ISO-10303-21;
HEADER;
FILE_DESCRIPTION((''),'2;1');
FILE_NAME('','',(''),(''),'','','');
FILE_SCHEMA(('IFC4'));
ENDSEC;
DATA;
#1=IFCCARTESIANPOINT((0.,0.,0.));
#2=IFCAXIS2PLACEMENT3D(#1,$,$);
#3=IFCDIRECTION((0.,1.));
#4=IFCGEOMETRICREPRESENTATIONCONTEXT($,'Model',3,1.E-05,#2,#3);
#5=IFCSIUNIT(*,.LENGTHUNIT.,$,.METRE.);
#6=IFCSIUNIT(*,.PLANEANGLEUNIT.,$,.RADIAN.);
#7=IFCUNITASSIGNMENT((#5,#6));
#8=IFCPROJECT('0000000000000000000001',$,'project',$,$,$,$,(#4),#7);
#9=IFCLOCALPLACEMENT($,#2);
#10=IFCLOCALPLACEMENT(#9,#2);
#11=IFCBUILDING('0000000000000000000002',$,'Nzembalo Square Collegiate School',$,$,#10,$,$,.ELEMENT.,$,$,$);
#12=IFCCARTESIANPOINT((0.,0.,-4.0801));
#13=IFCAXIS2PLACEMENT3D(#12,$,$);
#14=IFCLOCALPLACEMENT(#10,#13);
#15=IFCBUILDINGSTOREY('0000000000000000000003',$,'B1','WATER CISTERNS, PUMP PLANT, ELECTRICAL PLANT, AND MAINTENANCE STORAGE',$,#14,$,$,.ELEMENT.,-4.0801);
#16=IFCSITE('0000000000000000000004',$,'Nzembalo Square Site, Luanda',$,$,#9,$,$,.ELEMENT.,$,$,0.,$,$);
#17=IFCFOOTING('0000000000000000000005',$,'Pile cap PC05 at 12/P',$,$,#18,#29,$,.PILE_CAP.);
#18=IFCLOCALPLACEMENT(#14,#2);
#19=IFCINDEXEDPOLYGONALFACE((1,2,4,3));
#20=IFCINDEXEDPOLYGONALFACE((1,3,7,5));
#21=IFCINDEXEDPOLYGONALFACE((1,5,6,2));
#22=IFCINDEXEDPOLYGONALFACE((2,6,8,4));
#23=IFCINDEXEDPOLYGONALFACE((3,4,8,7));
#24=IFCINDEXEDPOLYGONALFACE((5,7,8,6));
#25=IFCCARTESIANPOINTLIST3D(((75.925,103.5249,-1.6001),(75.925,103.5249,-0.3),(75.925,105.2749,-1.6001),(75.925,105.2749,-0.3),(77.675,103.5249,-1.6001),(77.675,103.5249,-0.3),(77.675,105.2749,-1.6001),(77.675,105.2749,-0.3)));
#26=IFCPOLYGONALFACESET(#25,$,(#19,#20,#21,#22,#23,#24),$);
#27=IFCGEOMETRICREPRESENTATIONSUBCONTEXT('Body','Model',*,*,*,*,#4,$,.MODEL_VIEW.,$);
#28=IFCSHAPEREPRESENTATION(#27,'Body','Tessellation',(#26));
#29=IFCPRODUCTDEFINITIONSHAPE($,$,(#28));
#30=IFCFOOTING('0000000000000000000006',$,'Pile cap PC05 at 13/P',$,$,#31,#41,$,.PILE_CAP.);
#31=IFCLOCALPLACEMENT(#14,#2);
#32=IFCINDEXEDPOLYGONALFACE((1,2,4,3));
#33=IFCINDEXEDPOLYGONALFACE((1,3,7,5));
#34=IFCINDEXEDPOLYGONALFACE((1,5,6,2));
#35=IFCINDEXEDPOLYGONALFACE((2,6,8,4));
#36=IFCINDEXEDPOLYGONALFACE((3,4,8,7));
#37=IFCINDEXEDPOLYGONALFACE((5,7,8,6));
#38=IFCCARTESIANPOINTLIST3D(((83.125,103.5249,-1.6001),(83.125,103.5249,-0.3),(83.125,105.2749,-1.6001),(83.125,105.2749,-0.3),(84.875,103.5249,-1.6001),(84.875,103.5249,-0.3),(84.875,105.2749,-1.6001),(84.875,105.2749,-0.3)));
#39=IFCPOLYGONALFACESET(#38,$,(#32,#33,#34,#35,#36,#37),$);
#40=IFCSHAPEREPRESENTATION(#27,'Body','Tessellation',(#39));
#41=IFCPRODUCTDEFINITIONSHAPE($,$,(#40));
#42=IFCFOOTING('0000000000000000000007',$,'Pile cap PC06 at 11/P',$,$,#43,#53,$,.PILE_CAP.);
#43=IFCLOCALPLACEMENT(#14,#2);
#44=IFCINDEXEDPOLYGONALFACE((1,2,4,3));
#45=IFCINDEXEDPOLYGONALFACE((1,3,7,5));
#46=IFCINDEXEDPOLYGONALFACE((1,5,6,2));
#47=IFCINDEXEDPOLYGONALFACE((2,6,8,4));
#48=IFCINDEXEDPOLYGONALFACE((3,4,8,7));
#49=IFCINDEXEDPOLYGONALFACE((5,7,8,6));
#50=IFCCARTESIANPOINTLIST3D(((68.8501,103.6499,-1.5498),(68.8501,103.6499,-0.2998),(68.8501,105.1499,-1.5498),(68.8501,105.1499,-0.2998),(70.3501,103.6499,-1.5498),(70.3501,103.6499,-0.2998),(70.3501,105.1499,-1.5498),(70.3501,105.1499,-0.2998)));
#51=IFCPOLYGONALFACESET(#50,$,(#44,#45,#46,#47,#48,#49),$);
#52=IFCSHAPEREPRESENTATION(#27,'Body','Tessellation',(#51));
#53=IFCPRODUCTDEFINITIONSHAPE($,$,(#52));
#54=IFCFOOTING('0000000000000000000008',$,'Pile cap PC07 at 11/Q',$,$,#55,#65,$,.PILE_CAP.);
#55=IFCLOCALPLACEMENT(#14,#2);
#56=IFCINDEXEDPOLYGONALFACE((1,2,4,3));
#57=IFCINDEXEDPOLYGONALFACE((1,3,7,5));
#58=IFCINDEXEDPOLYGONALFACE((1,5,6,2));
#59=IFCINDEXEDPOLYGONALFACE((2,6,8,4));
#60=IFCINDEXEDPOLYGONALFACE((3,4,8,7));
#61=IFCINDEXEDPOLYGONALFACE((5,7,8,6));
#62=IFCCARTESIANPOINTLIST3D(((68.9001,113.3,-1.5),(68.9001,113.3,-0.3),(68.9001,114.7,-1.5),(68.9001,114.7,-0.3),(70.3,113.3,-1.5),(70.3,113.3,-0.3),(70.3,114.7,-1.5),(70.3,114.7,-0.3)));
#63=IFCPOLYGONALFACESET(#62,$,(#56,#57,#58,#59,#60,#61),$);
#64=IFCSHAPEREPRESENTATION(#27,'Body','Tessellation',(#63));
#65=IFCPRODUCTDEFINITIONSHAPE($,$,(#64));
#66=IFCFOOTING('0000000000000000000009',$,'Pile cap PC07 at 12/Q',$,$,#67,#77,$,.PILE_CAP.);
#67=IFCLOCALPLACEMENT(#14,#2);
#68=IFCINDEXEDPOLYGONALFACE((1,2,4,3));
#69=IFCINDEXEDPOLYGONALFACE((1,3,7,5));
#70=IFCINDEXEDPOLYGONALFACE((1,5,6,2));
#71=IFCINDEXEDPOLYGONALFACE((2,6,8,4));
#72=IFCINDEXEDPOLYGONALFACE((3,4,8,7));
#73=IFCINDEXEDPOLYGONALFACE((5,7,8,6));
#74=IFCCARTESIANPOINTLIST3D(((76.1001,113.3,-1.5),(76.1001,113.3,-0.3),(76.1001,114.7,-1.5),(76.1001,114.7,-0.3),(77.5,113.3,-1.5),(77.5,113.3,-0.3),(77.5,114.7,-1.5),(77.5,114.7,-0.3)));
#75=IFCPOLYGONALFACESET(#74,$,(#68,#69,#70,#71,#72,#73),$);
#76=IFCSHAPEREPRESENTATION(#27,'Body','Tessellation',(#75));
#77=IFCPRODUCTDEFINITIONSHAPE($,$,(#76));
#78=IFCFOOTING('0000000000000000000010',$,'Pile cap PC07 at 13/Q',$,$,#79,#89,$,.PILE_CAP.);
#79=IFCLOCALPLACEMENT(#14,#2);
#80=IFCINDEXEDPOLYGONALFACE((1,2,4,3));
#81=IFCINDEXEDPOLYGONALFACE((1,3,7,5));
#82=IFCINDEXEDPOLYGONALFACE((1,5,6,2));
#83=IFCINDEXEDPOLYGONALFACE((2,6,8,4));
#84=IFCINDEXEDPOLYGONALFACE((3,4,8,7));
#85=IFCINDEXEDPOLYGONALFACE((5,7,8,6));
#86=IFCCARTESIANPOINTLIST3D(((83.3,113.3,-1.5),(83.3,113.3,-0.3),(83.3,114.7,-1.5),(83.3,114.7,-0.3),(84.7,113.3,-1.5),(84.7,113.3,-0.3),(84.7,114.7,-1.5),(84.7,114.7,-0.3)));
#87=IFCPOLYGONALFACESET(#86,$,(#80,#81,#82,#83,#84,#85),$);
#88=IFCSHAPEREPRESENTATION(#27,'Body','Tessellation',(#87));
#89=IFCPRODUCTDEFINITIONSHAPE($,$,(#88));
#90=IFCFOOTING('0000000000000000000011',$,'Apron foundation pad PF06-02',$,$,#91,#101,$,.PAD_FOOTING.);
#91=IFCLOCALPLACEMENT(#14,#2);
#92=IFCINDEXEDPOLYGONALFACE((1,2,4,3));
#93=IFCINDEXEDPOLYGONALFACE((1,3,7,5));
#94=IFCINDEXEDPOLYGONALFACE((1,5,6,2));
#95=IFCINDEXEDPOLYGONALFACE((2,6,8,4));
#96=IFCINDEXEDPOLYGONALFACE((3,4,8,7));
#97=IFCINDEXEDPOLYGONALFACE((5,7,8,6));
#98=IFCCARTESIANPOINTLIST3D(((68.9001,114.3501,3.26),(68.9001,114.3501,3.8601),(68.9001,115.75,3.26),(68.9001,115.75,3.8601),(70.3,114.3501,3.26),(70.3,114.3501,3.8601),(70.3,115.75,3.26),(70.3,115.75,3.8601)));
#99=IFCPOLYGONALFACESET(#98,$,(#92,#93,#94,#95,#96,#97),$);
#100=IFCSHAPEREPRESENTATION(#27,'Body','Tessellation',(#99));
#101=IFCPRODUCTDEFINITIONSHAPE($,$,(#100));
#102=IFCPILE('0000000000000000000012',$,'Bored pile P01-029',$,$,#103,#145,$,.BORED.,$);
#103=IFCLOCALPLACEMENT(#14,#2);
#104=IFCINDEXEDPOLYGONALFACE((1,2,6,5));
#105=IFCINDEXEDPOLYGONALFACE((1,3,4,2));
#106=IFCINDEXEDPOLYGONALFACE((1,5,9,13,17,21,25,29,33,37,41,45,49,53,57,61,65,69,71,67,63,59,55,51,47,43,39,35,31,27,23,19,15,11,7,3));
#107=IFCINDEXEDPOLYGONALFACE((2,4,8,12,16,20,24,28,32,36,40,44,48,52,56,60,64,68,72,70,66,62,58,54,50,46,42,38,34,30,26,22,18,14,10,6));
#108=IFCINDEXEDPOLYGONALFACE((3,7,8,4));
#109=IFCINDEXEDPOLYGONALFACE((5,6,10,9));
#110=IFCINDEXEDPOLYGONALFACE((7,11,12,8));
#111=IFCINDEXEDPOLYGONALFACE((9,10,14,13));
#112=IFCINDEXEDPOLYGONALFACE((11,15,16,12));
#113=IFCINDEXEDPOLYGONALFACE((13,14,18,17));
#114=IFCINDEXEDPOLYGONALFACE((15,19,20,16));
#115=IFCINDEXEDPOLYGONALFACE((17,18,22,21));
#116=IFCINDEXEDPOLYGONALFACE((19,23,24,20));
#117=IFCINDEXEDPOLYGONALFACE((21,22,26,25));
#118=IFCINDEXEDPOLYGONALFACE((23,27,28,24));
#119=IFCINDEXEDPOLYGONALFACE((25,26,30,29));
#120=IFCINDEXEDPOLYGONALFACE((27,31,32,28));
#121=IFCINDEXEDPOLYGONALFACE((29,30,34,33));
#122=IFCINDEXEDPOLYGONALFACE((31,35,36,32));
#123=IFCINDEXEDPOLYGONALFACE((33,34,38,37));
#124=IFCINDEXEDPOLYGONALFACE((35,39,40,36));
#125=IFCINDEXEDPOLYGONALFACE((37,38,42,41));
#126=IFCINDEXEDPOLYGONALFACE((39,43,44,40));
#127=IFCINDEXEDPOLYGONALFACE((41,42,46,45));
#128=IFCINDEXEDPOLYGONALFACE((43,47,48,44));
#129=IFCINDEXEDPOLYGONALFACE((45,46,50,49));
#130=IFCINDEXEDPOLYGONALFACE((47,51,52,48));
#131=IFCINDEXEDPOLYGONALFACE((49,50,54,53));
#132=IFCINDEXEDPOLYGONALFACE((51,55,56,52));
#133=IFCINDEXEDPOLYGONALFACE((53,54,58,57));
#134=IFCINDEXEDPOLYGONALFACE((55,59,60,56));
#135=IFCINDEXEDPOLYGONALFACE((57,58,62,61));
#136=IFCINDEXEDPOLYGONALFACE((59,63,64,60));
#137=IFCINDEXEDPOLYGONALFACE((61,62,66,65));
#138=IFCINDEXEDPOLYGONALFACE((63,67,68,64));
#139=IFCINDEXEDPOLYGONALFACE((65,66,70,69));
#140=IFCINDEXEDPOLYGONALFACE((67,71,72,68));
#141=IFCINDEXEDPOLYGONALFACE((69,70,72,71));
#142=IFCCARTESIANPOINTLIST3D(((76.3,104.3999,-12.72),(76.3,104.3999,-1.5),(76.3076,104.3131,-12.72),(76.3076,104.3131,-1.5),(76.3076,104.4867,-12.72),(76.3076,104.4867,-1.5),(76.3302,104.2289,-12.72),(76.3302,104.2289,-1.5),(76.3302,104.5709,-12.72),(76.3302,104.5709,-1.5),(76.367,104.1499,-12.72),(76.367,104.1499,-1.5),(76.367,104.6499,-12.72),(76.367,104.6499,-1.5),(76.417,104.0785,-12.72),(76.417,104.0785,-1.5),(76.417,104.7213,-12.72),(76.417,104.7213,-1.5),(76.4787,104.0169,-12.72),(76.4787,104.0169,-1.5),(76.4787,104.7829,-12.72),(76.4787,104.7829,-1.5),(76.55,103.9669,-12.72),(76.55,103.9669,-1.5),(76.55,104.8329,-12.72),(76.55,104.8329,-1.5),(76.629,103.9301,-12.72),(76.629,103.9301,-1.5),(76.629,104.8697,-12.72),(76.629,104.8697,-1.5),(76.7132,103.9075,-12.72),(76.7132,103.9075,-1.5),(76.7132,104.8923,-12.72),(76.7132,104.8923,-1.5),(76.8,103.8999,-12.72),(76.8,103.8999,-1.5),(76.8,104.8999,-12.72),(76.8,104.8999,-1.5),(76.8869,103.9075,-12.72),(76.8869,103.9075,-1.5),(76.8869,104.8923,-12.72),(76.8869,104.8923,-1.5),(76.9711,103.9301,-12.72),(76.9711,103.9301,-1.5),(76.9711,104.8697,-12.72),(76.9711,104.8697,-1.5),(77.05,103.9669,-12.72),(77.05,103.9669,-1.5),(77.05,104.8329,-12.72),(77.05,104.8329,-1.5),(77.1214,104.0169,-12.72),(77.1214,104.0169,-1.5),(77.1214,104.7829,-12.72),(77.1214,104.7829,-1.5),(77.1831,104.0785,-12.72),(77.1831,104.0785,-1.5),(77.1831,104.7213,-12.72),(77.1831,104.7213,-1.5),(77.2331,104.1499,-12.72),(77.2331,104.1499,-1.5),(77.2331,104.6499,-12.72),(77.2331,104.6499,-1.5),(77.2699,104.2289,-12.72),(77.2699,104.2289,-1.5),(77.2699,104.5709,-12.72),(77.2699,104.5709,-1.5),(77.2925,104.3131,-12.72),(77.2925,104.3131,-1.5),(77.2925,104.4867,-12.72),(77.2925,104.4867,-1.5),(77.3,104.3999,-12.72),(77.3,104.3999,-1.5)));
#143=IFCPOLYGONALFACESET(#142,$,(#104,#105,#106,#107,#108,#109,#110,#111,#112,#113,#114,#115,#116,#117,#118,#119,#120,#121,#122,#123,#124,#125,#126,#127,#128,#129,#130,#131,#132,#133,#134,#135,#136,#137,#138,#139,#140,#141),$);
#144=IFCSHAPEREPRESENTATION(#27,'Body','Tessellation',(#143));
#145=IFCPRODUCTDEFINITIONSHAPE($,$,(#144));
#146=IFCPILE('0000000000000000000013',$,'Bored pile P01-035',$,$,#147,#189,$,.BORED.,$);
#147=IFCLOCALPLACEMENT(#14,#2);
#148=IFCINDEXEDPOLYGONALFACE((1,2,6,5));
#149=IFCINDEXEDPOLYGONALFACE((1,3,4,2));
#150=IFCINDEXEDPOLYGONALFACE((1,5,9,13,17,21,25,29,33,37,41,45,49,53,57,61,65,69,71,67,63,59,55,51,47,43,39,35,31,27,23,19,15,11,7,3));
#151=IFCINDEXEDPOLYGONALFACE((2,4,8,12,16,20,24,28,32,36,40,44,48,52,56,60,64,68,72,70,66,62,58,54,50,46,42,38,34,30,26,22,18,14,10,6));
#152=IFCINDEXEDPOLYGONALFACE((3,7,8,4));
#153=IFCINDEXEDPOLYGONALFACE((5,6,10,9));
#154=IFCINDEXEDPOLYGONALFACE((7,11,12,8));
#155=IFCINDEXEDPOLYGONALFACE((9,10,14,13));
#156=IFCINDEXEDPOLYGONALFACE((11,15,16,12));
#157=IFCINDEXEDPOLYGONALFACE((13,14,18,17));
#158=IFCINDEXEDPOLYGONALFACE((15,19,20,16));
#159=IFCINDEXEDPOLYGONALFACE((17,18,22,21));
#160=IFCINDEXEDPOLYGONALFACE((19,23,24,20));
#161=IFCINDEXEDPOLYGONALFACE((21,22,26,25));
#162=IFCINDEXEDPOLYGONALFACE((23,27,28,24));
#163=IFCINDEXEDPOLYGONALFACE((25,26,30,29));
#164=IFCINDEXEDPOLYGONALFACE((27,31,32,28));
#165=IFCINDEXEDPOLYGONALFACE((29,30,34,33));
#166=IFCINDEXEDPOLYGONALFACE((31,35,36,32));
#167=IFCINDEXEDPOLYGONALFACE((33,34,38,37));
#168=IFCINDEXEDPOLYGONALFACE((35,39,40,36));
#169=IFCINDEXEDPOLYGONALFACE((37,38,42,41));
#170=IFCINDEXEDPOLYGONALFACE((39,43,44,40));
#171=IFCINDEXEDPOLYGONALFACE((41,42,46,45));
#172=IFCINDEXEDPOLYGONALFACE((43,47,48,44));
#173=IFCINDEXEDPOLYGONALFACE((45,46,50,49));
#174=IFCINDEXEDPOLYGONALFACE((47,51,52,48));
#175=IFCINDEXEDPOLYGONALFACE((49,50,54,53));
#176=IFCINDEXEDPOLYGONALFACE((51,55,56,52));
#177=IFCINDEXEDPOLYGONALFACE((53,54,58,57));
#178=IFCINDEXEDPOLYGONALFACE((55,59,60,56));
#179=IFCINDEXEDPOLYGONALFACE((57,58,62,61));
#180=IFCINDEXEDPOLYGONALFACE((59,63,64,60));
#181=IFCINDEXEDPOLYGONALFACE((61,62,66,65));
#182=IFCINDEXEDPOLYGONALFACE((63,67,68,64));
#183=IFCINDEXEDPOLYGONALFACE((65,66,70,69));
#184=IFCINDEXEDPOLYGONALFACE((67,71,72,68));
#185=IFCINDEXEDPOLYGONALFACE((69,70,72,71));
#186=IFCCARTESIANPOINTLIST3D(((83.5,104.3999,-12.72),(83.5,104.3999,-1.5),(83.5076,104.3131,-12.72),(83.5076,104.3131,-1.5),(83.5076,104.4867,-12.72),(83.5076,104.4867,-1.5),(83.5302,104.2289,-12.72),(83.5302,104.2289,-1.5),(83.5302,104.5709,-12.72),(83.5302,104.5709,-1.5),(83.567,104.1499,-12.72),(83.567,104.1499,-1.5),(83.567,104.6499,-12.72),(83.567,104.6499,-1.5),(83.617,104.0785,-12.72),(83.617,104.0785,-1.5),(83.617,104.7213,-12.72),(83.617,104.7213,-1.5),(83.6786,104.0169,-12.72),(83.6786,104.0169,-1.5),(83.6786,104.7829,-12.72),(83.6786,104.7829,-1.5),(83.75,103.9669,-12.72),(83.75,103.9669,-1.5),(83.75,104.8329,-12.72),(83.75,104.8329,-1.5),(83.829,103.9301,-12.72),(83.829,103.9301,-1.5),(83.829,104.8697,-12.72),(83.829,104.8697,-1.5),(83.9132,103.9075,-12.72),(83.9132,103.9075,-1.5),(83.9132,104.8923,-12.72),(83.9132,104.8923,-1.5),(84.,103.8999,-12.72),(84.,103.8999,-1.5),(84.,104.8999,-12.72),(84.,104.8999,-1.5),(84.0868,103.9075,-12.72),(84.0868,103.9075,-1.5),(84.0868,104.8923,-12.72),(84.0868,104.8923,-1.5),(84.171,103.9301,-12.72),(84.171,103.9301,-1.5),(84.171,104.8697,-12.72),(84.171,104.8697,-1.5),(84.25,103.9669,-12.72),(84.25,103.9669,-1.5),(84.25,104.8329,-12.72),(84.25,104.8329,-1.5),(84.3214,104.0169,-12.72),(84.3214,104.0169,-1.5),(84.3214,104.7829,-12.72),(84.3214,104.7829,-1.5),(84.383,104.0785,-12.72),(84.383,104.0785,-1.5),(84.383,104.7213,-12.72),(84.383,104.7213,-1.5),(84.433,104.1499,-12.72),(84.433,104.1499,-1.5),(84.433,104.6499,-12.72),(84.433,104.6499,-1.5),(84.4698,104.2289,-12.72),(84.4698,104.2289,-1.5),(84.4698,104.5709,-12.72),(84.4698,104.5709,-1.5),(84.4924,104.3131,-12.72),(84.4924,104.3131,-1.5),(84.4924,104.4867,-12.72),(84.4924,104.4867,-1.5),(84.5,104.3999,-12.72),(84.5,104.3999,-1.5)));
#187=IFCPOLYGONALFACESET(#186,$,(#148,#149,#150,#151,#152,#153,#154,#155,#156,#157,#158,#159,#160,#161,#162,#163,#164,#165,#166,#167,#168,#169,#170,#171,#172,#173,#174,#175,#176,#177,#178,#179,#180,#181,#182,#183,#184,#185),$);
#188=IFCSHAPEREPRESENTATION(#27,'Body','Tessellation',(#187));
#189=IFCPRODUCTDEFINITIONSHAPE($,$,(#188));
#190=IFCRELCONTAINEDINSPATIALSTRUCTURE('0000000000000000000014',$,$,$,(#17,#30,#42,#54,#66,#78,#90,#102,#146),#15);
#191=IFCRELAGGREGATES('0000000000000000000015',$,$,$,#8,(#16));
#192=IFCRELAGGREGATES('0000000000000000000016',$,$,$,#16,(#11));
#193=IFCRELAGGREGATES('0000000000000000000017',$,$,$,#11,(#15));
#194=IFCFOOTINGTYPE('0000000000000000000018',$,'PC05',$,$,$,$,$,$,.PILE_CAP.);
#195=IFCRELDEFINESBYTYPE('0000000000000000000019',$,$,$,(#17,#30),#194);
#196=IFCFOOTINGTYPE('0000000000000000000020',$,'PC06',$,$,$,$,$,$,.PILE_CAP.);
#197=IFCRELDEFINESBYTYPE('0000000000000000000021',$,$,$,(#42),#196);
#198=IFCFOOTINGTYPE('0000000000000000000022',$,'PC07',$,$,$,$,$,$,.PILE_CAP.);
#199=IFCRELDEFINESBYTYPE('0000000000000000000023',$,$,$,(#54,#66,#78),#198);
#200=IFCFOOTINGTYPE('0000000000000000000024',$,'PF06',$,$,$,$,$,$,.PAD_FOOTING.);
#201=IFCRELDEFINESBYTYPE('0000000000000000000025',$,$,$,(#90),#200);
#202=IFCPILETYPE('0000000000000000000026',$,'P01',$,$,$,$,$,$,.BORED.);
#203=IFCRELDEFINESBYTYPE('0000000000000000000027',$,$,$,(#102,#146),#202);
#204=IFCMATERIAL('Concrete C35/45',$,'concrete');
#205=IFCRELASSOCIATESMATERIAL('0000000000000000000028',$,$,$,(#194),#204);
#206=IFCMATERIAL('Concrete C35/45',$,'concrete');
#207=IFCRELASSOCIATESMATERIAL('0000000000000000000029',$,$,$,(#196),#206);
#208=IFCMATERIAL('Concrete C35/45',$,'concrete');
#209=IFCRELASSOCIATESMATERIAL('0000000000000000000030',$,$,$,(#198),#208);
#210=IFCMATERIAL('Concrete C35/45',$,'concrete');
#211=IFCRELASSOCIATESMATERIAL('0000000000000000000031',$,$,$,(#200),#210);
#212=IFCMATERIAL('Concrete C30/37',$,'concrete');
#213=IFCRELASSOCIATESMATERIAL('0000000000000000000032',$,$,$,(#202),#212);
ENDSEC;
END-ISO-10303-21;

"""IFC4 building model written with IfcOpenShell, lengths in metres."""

from ifc_helpers import new_model, si_unit, direction, frame, origin, origin_2d, place, context, subcontext, project, spatial, rectangle, circle, extrude, material, material_profile, profile_set, type_object, element, save


model = new_model("IFC4")

# Units and contexts
model_context = context("Model", 3, precision=1e-05, world=origin(), true_north=direction((0.0, 1.0)))
body_context = subcontext(model_context, "Body", "Model", "MODEL_VIEW")
ifc_project = project(units=[si_unit("LENGTHUNIT", "METRE"), si_unit("PLANEANGLEUNIT", "RADIAN")], contexts=[model_context])

# Site, building, storey
site_placement = place(None, origin())
site = spatial("IfcSite", under=ifc_project, at=site_placement, Name="Nzembalo Square Site, Luanda", CompositionType="ELEMENT", RefElevation=0.0)
building_placement = place(site_placement, origin())
building = spatial("IfcBuilding", under=site, at=building_placement, Name="Nzembalo Square Collegiate School", CompositionType="ELEMENT")
storey_placement = place(building_placement, frame((0.0, 0.0, -4.0801)))
storey = spatial("IfcBuildingStorey", under=building, at=storey_placement, Name="B1", Description="WATER CISTERNS, PUMP PLANT, ELECTRICAL PLANT, AND MAINTENANCE STORAGE", CompositionType="ELEMENT", Elevation=-4.0801)

# Footings
ifc_material_1 = material(Name="Concrete C35/45", Category="concrete")
footing_type_1 = type_object("IfcFootingType", Name="PC05", PredefinedType="PILE_CAP", material=ifc_material_1)
for number, where, z_axis, x_axis, name in (
    (1, (76.8, 104.3999, -1.6001), (0.0, 0.0, 1.0), (1.0, 0.0, 0.0), "Pile cap PC05 at 12/P"),
    (2, (84.0, 104.3999, -1.6001), (0.0, 0.0, 1.0), (1.0, 0.0, 0.0), "Pile cap PC05 at 13/P"),
):
    element("IfcFooting", number, at=place(storey_placement, frame(where, z_axis=z_axis, x_axis=x_axis)), inside=storey, type_object=footing_type_1, Name=name, PredefinedType="PILE_CAP", context=body_context, shape_type="SweptSolid", body=[
        extrude(rectangle(XDim=1.75, YDim=1.75, at=origin_2d()), origin(), (0.0, 0.0, 1.0), 1.3),
    ])
ifc_material_2 = material(Name="Concrete C35/45", Category="concrete")
footing_type_2 = type_object("IfcFootingType", Name="PC06", PredefinedType="PILE_CAP", material=ifc_material_2)
footing_1_placement = place(storey_placement, frame((69.6001, 104.3999, -1.5498), z_axis=(0.0, 0.0, 1.0), x_axis=(1.0, 0.0, 0.0)))
element("IfcFooting", 3, at=footing_1_placement, inside=storey, type_object=footing_type_2, Name="Pile cap PC06 at 11/P", PredefinedType="PILE_CAP", context=body_context, shape_type="SweptSolid", body=[
    extrude(rectangle(XDim=1.5, YDim=1.5, at=origin_2d()), origin(), (0.0, 0.0, 1.0), 1.25),
])
ifc_material_3 = material(Name="Concrete C35/45", Category="concrete")
footing_type_3 = type_object("IfcFootingType", Name="PC07", PredefinedType="PILE_CAP", material=ifc_material_3)
for number, where, z_axis, x_axis, name in (
    (4, (69.6001, 114.0, -1.5), (0.0, 0.0, 1.0), (1.0, 0.0, 0.0), "Pile cap PC07 at 11/Q"),
    (5, (76.8, 114.0, -1.5), (0.0, 0.0, 1.0), (1.0, 0.0, 0.0), "Pile cap PC07 at 12/Q"),
    (6, (84.0, 114.0, -1.5), (0.0, 0.0, 1.0), (1.0, 0.0, 0.0), "Pile cap PC07 at 13/Q"),
):
    element("IfcFooting", number, at=place(storey_placement, frame(where, z_axis=z_axis, x_axis=x_axis)), inside=storey, type_object=footing_type_3, Name=name, PredefinedType="PILE_CAP", context=body_context, shape_type="SweptSolid", body=[
        extrude(rectangle(XDim=1.3999, YDim=1.3999, at=origin_2d()), origin(), (0.0, 0.0, 1.0), 1.2),
    ])
ifc_material_4 = material(Name="Concrete C35/45", Category="concrete")
footing_type_4 = type_object("IfcFootingType", Name="PF06", PredefinedType="PAD_FOOTING", material=ifc_material_4)
footing_2_placement = place(storey_placement, frame((69.6001, 115.05, 3.26), z_axis=(0.0, 0.0, 1.0), x_axis=(1.0, 0.0, 0.0)))
element("IfcFooting", 7, at=footing_2_placement, inside=storey, type_object=footing_type_4, Name="Apron foundation pad PF06-02", PredefinedType="PAD_FOOTING", context=body_context, shape_type="SweptSolid", body=[
    extrude(rectangle(XDim=1.3999, YDim=1.3999, at=origin_2d()), origin(), (0.0, 0.0, 1.0), 0.6001),
])

# Piles
ifc_material_5 = material(Name="Concrete C30/37", Category="concrete")
ifc_material_profile_1 = material_profile(ifc_material_5, circle(Radius=0.5, at=origin_2d()), Name="PILE D1000")
ifc_profile_set_1 = profile_set([ifc_material_profile_1], Name="Concrete C30/37")
pile_type_1 = type_object("IfcPileType", Name="P01", PredefinedType="BORED", material=ifc_profile_set_1)
for number, where, z_axis, x_axis, name in (
    (8, (76.8, 104.3999, -1.5), (0.0, 0.0, -1.0), (1.0, 0.0, 0.0), "Bored pile P01-029"),
    (9, (84.0, 104.3999, -1.5), (0.0, 0.0, -1.0), (1.0, 0.0, 0.0), "Bored pile P01-035"),
):
    element("IfcPile", number, at=place(storey_placement, frame(where, z_axis=z_axis, x_axis=x_axis)), inside=storey, type_object=pile_type_1, Name=name, PredefinedType="BORED", context=body_context, shape_type="SweptSolid", body=[
        extrude(circle(Radius=0.5, at=origin_2d()), origin(), (0.0, 0.0, 1.0), 11.22),
    ])

save(model, "model.ifc")
